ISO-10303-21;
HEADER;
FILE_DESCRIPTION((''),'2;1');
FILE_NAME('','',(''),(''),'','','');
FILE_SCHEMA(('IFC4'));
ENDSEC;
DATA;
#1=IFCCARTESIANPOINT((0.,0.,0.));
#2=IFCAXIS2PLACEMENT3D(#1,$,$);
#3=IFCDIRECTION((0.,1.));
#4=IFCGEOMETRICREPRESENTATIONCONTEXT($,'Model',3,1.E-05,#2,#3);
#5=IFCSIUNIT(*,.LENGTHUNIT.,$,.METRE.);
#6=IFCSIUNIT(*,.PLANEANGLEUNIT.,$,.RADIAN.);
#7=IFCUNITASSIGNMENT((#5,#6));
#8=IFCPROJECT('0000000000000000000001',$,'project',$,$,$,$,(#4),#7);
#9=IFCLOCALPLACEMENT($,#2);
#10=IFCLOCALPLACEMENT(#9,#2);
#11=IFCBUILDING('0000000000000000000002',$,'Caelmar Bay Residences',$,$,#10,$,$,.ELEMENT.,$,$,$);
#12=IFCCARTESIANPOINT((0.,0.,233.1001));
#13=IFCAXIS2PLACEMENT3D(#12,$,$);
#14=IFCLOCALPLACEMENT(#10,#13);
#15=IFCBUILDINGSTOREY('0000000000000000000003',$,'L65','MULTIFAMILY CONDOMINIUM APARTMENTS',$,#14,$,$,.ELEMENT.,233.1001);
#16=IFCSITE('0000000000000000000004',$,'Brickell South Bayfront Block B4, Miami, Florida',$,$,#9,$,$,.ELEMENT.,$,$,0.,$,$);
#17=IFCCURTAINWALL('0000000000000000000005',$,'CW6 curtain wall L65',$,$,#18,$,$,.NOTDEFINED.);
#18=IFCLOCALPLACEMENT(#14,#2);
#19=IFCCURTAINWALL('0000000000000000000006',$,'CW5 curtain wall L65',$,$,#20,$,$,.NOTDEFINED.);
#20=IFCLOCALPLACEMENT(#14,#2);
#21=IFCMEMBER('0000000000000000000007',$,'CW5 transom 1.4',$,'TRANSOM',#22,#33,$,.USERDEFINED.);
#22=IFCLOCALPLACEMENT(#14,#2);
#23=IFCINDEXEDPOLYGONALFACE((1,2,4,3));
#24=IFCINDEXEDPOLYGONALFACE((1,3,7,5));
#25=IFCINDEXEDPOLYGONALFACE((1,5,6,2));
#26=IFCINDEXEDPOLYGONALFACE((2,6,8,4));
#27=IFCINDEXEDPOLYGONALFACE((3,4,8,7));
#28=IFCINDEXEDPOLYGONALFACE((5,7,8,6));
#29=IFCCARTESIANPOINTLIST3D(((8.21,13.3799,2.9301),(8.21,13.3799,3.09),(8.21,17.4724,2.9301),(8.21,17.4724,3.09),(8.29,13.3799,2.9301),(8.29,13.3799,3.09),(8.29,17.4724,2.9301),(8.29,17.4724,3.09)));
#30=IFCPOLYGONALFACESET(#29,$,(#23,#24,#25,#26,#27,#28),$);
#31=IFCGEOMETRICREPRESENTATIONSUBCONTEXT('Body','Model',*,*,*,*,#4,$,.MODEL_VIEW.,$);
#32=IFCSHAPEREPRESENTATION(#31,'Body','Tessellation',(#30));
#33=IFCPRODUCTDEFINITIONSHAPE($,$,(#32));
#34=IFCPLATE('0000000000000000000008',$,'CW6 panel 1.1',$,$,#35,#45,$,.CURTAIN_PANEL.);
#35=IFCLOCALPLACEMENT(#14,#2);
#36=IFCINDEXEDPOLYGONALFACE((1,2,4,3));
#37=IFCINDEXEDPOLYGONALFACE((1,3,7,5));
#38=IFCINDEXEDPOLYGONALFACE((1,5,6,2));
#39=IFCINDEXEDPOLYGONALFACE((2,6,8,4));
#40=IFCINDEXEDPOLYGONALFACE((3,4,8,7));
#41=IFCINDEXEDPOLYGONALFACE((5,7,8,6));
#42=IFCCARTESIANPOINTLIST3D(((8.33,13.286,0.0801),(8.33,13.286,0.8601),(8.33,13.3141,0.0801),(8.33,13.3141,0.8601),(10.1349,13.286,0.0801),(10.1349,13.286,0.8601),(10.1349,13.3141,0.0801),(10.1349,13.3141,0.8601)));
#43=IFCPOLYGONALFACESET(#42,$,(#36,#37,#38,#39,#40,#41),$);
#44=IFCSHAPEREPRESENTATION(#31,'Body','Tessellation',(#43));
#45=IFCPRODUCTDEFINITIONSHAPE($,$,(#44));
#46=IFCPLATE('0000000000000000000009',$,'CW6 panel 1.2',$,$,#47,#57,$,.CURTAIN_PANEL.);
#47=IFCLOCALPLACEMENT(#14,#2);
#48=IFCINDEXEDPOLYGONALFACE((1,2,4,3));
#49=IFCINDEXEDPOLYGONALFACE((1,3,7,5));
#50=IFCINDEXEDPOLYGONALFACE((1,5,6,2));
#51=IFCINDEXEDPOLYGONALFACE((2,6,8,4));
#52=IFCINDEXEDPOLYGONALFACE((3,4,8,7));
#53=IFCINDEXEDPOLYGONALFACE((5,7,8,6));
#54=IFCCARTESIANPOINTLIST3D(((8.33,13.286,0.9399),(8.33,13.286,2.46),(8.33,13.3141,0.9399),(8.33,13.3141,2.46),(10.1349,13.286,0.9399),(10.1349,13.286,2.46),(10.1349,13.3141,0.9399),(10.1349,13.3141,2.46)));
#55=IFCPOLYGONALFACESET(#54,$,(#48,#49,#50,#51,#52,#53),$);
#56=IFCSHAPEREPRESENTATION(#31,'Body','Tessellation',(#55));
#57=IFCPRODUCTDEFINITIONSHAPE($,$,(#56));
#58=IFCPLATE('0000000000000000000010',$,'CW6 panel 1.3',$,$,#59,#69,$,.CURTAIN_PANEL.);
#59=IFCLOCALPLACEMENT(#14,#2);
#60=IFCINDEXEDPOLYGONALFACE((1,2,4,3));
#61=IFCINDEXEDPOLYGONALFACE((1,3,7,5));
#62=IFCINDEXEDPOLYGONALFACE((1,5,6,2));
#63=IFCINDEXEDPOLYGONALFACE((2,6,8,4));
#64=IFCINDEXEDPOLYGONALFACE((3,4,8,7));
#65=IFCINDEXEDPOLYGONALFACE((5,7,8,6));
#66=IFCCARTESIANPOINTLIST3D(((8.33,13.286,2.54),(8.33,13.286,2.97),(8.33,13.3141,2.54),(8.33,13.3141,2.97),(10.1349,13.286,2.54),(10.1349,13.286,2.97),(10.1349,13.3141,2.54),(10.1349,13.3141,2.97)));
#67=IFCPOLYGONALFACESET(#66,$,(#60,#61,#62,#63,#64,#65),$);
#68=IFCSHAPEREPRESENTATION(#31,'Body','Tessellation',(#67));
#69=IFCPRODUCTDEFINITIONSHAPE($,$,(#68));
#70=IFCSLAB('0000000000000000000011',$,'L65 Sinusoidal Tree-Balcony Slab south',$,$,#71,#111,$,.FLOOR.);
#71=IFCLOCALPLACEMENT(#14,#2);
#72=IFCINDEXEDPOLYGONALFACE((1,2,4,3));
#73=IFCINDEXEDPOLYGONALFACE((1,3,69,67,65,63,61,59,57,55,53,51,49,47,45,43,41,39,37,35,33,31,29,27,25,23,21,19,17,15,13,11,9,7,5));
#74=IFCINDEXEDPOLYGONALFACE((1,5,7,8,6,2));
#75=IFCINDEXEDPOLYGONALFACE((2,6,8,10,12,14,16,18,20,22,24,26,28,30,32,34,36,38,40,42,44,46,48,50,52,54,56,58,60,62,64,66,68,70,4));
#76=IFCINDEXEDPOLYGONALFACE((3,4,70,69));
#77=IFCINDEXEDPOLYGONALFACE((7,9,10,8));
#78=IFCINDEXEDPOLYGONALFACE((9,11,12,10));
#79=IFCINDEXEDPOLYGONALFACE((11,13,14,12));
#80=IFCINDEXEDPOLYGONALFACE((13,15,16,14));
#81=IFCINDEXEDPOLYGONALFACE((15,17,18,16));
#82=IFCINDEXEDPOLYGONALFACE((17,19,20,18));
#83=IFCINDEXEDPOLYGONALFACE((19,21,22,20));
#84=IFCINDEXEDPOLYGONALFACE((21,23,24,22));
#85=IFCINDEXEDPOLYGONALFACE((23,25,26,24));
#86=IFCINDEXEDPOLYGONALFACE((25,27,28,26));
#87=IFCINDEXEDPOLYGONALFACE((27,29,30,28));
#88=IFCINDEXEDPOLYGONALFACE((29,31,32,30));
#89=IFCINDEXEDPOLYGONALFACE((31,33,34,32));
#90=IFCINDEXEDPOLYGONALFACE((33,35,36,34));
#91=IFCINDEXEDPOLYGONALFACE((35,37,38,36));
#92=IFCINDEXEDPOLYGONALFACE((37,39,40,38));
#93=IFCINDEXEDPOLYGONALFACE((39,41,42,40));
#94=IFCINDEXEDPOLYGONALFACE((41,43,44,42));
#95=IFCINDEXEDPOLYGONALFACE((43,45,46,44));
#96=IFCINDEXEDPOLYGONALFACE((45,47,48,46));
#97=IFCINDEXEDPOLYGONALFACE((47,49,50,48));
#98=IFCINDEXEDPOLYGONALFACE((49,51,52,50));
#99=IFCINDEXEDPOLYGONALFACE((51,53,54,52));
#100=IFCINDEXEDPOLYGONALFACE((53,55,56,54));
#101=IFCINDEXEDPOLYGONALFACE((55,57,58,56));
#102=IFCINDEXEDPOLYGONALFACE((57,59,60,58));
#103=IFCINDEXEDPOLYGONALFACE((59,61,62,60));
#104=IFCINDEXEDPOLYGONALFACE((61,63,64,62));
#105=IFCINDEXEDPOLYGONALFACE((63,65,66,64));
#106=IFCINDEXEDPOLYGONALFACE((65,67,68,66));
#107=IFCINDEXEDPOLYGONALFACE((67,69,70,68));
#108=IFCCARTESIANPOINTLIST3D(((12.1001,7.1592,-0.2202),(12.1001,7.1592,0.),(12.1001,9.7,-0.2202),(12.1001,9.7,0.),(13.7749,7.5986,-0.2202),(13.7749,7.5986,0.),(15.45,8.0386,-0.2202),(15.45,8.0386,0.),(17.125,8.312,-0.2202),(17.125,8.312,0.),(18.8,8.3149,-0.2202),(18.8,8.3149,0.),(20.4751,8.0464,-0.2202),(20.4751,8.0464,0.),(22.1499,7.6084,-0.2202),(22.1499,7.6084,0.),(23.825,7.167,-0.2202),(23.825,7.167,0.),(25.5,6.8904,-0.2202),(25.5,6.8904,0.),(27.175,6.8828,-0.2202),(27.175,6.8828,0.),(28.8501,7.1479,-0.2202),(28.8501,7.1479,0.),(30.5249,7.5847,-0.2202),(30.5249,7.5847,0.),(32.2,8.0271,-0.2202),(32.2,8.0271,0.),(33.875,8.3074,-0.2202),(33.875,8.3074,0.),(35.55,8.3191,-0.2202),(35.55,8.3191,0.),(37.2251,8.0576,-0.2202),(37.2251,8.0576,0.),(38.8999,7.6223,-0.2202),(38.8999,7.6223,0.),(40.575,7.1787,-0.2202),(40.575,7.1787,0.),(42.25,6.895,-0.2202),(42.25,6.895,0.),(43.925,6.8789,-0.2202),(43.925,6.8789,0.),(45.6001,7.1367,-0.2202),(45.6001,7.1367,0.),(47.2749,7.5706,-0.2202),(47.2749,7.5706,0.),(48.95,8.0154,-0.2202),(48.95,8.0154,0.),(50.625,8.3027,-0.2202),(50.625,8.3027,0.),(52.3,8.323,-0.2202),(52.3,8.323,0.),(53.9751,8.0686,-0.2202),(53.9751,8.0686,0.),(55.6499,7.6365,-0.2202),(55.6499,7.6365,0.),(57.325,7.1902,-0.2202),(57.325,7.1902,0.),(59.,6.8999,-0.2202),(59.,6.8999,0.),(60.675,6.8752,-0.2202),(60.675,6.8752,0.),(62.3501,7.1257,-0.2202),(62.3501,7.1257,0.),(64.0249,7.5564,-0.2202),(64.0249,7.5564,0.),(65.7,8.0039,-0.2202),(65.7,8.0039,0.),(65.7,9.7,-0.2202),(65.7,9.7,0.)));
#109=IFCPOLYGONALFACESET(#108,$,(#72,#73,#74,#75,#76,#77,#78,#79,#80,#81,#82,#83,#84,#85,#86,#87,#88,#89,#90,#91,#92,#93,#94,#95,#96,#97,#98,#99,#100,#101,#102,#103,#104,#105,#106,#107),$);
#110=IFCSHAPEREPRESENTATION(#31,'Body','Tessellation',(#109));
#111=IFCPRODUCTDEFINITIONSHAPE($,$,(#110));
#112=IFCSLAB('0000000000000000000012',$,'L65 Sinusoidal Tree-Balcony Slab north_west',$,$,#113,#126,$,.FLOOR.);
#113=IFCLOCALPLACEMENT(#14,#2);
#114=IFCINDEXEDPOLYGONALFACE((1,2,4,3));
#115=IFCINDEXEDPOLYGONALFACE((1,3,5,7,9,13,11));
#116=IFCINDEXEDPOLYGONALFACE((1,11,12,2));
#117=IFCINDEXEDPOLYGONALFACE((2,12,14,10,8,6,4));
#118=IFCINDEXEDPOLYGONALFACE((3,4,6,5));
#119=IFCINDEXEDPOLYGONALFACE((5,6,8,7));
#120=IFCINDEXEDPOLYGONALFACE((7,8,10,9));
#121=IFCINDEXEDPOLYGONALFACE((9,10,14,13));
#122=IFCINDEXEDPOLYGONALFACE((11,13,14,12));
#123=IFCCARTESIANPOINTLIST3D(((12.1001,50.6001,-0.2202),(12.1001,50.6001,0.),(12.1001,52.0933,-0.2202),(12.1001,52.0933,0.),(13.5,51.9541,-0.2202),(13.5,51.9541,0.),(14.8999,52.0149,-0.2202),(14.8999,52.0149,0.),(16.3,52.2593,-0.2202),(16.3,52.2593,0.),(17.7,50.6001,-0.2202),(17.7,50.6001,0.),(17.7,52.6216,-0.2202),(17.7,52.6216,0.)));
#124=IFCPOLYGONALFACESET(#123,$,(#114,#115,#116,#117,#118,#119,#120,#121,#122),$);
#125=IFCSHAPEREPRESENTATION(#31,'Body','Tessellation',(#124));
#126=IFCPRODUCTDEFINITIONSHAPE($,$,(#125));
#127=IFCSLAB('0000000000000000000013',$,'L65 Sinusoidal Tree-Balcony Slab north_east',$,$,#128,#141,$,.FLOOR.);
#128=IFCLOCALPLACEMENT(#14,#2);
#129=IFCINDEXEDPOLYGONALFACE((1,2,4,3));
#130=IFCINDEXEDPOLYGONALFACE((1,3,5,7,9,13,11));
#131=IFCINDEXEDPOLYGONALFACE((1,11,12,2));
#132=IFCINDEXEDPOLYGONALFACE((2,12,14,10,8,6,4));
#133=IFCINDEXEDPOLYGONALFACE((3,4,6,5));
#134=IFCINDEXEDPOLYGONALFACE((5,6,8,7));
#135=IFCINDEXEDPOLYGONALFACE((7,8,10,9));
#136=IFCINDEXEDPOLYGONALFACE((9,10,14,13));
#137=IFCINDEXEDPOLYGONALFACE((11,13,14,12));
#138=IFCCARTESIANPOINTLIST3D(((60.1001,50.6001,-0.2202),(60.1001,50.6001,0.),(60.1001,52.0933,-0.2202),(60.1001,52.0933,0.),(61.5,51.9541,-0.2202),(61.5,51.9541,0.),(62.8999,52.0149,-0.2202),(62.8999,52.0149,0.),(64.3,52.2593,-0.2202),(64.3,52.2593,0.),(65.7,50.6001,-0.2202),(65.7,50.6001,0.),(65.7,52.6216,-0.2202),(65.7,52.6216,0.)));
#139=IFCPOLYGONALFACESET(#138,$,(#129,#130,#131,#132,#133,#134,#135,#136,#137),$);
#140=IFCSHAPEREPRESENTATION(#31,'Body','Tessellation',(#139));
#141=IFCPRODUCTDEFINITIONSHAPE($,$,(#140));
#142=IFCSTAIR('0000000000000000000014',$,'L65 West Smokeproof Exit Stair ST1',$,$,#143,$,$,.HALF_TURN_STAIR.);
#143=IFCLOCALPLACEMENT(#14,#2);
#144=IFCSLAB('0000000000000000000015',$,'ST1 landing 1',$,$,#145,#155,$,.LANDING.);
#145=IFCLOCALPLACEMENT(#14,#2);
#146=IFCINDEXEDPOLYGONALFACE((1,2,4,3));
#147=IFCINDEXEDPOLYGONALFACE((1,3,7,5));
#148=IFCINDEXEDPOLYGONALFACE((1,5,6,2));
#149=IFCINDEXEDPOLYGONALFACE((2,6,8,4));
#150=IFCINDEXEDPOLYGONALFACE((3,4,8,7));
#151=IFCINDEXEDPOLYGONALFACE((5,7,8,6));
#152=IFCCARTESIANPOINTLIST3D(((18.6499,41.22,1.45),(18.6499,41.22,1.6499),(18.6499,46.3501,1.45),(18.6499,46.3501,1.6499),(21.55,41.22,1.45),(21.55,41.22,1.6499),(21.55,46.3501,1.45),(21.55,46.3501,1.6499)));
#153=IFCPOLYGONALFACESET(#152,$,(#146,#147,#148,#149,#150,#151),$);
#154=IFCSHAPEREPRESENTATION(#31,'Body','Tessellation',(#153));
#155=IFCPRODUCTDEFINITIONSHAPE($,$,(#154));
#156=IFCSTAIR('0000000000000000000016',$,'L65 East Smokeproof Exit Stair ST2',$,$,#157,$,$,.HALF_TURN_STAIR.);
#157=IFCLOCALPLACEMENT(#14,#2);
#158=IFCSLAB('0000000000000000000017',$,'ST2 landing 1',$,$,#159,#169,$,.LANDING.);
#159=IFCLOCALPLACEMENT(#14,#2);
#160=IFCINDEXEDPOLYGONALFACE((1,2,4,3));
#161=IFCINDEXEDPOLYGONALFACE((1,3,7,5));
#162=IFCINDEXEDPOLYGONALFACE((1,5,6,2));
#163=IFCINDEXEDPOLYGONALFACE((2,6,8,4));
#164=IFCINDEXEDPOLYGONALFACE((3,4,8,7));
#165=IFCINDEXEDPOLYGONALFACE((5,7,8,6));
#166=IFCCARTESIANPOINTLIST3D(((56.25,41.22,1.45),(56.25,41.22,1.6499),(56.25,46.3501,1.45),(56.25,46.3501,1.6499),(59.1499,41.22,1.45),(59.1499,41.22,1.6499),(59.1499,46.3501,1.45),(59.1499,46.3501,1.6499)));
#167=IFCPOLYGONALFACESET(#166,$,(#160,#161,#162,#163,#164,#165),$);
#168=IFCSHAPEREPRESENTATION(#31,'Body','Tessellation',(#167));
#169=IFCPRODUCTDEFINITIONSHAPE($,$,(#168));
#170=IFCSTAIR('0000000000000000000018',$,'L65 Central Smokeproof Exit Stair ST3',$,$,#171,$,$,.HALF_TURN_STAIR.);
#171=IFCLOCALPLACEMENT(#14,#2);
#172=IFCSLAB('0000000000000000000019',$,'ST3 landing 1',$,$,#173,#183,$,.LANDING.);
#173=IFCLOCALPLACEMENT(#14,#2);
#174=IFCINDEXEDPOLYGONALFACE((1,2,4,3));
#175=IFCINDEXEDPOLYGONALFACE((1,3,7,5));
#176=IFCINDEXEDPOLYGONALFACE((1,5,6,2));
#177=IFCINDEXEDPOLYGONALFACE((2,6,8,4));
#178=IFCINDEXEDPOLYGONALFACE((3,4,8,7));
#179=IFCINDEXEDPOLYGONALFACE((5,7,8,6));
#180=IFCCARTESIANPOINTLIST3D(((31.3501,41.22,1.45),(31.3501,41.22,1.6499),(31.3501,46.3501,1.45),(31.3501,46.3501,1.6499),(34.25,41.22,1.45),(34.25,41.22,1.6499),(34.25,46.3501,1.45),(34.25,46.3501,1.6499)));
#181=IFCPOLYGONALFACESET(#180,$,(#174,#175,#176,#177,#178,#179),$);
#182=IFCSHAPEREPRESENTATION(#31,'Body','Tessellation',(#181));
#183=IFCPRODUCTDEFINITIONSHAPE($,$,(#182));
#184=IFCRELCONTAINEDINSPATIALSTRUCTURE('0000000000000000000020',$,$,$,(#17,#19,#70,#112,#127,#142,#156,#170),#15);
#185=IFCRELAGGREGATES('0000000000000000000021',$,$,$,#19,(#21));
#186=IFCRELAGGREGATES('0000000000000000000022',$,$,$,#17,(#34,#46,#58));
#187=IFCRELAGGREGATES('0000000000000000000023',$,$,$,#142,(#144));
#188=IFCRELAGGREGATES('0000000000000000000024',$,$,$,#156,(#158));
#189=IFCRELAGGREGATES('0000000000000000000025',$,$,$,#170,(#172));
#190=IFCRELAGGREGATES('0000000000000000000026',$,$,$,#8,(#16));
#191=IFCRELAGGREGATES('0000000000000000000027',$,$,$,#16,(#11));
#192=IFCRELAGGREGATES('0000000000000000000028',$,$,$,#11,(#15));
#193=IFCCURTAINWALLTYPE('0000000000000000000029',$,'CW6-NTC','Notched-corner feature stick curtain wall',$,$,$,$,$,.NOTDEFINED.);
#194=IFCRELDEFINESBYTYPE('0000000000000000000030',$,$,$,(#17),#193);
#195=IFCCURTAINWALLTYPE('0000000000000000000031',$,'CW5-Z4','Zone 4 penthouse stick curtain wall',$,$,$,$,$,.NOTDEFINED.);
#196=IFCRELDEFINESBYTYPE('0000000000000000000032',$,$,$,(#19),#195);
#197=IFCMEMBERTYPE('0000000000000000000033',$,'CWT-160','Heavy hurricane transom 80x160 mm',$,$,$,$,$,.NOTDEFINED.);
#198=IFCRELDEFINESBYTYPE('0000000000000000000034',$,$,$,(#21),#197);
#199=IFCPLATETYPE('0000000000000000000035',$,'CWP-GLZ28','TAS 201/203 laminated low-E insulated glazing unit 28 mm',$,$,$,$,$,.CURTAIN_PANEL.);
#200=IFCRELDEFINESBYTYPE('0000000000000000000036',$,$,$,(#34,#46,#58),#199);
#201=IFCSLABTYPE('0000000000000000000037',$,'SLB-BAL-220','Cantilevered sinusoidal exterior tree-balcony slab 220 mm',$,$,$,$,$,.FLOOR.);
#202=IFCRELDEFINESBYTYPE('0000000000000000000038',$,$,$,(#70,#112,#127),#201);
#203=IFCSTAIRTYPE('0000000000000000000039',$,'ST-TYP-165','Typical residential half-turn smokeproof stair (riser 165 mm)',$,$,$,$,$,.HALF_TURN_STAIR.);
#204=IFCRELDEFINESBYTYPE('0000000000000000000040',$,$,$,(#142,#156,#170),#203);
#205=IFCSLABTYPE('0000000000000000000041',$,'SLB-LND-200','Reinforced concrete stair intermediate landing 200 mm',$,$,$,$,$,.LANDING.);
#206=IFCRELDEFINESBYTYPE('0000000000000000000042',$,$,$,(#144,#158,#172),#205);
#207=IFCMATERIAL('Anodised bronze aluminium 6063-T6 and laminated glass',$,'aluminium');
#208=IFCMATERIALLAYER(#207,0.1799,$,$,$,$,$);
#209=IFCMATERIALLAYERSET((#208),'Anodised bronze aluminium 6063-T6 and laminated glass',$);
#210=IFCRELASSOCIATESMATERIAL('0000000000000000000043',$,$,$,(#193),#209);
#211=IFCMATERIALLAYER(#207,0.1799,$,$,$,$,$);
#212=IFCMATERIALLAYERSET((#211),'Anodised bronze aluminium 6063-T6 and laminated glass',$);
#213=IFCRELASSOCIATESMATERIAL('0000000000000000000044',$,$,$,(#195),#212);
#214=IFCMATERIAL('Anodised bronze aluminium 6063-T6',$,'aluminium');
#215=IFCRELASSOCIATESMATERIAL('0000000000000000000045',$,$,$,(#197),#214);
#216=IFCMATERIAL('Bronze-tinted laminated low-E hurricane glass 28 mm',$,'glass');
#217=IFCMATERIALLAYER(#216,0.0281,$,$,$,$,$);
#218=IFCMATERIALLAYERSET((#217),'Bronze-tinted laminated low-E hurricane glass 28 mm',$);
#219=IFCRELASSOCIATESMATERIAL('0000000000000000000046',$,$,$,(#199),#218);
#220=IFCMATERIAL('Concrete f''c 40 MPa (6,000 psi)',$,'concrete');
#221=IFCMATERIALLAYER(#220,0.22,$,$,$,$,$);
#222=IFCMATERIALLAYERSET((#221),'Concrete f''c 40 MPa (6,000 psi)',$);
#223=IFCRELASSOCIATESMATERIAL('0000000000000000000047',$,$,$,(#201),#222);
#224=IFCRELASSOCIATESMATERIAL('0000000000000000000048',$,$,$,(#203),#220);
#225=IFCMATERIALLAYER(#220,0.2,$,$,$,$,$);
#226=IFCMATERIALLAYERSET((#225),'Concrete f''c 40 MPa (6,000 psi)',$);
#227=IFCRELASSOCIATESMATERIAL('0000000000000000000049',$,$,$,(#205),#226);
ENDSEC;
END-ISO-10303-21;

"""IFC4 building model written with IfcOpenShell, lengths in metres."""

from ifc_helpers import new_model, si_unit, direction, frame, origin, origin_2d, place, context, subcontext, project, spatial, polyline, rectangle, outline, extrude, material, layer, layer_set, material_profile, profile_set, type_object, element, aggregate, save


model = new_model("IFC4")

# Units and contexts
model_context = context("Model", 3, precision=1e-05, world=origin(), true_north=direction((0.0, 1.0)))
body_context = subcontext(model_context, "Body", "Model", "MODEL_VIEW")
ifc_project = project(units=[si_unit("LENGTHUNIT", "METRE"), si_unit("PLANEANGLEUNIT", "RADIAN")], contexts=[model_context])

# Site, building, storey
site_placement = place(None, origin())
site = spatial("IfcSite", under=ifc_project, at=site_placement, Name="Brickell South Bayfront Block B4, Miami, Florida", CompositionType="ELEMENT", RefElevation=0.0)
building_placement = place(site_placement, origin())
building = spatial("IfcBuilding", under=site, at=building_placement, Name="Caelmar Bay Residences", CompositionType="ELEMENT")
storey_placement = place(building_placement, frame((0.0, 0.0, 233.1001)))
storey = spatial("IfcBuildingStorey", under=building, at=storey_placement, Name="L65", Description="MULTIFAMILY CONDOMINIUM APARTMENTS", CompositionType="ELEMENT", Elevation=233.1001)

# Curtain wall
ifc_material_1 = material(Name="Anodised bronze aluminium 6063-T6 and laminated glass", Category="aluminium")
ifc_layer_1 = layer(ifc_material_1, 0.1799)
ifc_layer_set_1 = layer_set([ifc_layer_1], Name="Anodised bronze aluminium 6063-T6 and laminated glass")
curtain_wall_type_1 = type_object("IfcCurtainWallType", Name="CW6-NTC", Description="Notched-corner feature stick curtain wall", PredefinedType="NOTDEFINED", material=ifc_layer_set_1)
curtain_wall_1_placement = place(storey_placement, origin())
curtain_wall_1 = element("IfcCurtainWall", 1, at=curtain_wall_1_placement, inside=storey, type_object=curtain_wall_type_1, Name="CW6 curtain wall L65", PredefinedType="NOTDEFINED")
ifc_material_2 = material(Name="Anodised bronze aluminium 6063-T6", Category="aluminium")

# Curtain wall
ifc_layer_2 = layer(ifc_material_1, 0.1799)
ifc_layer_set_2 = layer_set([ifc_layer_2], Name="Anodised bronze aluminium 6063-T6 and laminated glass")
curtain_wall_type_2 = type_object("IfcCurtainWallType", Name="CW5-Z4", Description="Zone 4 penthouse stick curtain wall", PredefinedType="NOTDEFINED", material=ifc_layer_set_2)
curtain_wall_2_placement = place(storey_placement, origin())
curtain_wall_2 = element("IfcCurtainWall", 2, at=curtain_wall_2_placement, inside=storey, type_object=curtain_wall_type_2, Name="CW5 curtain wall L65", PredefinedType="NOTDEFINED")

# Member
ifc_material_profile_1 = material_profile(ifc_material_2, rectangle(XDim=0.0801, YDim=0.1599, at=origin_2d()), Name="CWT-80X160")
ifc_profile_set_1 = profile_set([ifc_material_profile_1], Name="Anodised bronze aluminium 6063-T6")
member_type_1 = type_object("IfcMemberType", Name="CWT-160", Description="Heavy hurricane transom 80x160 mm", PredefinedType="NOTDEFINED", material=ifc_profile_set_1)
member_1_placement = place(storey_placement, frame((8.25, 13.3799, 3.01), z_axis=(0.0, 1.0, 0.0), x_axis=(-1.0, 0.0, 0.0)))
member_1 = element("IfcMember", 3, at=member_1_placement, type_object=member_type_1, Name="CW5 transom 1.4", ObjectType="TRANSOM", PredefinedType="USERDEFINED", context=body_context, shape_type="SweptSolid", body=[
    extrude(rectangle(XDim=0.0801, YDim=0.1599, at=origin_2d()), origin(), (0.0, 0.0, 1.0), 4.0925),
])
aggregate(curtain_wall_2, [member_1])

# Plates
ifc_material_3 = material(Name="Bronze-tinted laminated low-E hurricane glass 28 mm", Category="glass")
ifc_layer_3 = layer(ifc_material_3, 0.0281)
ifc_layer_set_3 = layer_set([ifc_layer_3], Name="Bronze-tinted laminated low-E hurricane glass 28 mm")
plate_type = type_object("IfcPlateType", Name="CWP-GLZ28", Description="TAS 201/203 laminated low-E insulated glazing unit 28 mm", PredefinedType="CURTAIN_PANEL", material=ifc_layer_set_3)
plate_1_placement = place(storey_placement, frame((9.2324, 13.3, 0.0801), z_axis=(0.0, 0.0, 1.0), x_axis=(1.0, 0.0, 0.0)))
plate_1 = element("IfcPlate", 4, at=plate_1_placement, type_object=plate_type, Name="CW6 panel 1.1", PredefinedType="CURTAIN_PANEL", context=body_context, shape_type="SweptSolid", body=[
    extrude(rectangle(XDim=1.8049, YDim=0.0281, at=origin_2d()), origin(), (0.0, 0.0, 1.0), 0.78),
])
plate_2_placement = place(storey_placement, frame((9.2324, 13.3, 0.9399), z_axis=(0.0, 0.0, 1.0), x_axis=(1.0, 0.0, 0.0)))
plate_2 = element("IfcPlate", 5, at=plate_2_placement, type_object=plate_type, Name="CW6 panel 1.2", PredefinedType="CURTAIN_PANEL", context=body_context, shape_type="SweptSolid", body=[
    extrude(rectangle(XDim=1.8049, YDim=0.0281, at=origin_2d()), origin(), (0.0, 0.0, 1.0), 1.52),
])
plate_3_placement = place(storey_placement, frame((9.2324, 13.3, 2.54), z_axis=(0.0, 0.0, 1.0), x_axis=(1.0, 0.0, 0.0)))
plate_3 = element("IfcPlate", 6, at=plate_3_placement, type_object=plate_type, Name="CW6 panel 1.3", PredefinedType="CURTAIN_PANEL", context=body_context, shape_type="SweptSolid", body=[
    extrude(rectangle(XDim=1.8049, YDim=0.0281, at=origin_2d()), origin(), (0.0, 0.0, 1.0), 0.4299),
])
aggregate(curtain_wall_1, [plate_1, plate_2, plate_3])

# Slabs
ifc_material_4 = material(Name="Concrete f'c 40 MPa (6,000 psi)", Category="concrete")
ifc_layer_4 = layer(ifc_material_4, 0.22)
ifc_layer_set_4 = layer_set([ifc_layer_4], Name="Concrete f'c 40 MPa (6,000 psi)")
slab_type_1 = type_object("IfcSlabType", Name="SLB-BAL-220", Description="Cantilevered sinusoidal exterior tree-balcony slab 220 mm", PredefinedType="FLOOR", material=ifc_layer_set_4)
slab_1_placement = place(storey_placement, frame((0.0, 0.0, -0.2202)))
element("IfcSlab", 7, at=slab_1_placement, inside=storey, type_object=slab_type_1, Name="L65 Sinusoidal Tree-Balcony Slab south", PredefinedType="FLOOR", context=body_context, shape_type="SweptSolid", body=[
    extrude(outline(polyline([(12.1001, 7.1592), (13.7749, 7.5986), (15.45, 8.0386), (17.125, 8.312), (18.8, 8.3149), (20.4751, 8.0464), (22.1499, 7.6084), (23.825, 7.167), (25.5, 6.8904), (27.175, 6.8828), (28.8501, 7.1479), (30.5249, 7.5847), (32.2, 8.0271), (33.875, 8.3074), (35.55, 8.3191), (37.2251, 8.0576), (38.8999, 7.6223), (40.575, 7.1787), (42.25, 6.895), (43.925, 6.8789), (45.6001, 7.1367), (47.2749, 7.5706), (48.95, 8.0154), (50.625, 8.3027), (52.3, 8.323), (53.9751, 8.0686), (55.6499, 7.6365), (57.325, 7.1902), (59.0, 6.8999), (60.675, 6.8752), (62.3501, 7.1257), (64.0249, 7.5564), (65.7, 8.0039), (65.7, 9.7), (12.1001, 9.7), (12.1001, 7.1592)])), origin(), (0.0, 0.0, 1.0), 0.2202),
])
slab_2_placement = place(storey_placement, frame((0.0, 0.0, -0.2202)))
element("IfcSlab", 8, at=slab_2_placement, inside=storey, type_object=slab_type_1, Name="L65 Sinusoidal Tree-Balcony Slab north_west", PredefinedType="FLOOR", context=body_context, shape_type="SweptSolid", body=[
    extrude(outline(polyline([(12.1001, 50.6001), (17.7, 50.6001), (17.7, 52.6216), (16.3, 52.2593), (14.8999, 52.0149), (13.5, 51.9541), (12.1001, 52.0933), (12.1001, 50.6001)])), origin(), (0.0, 0.0, 1.0), 0.2202),
])
slab_3_placement = place(storey_placement, frame((0.0, 0.0, -0.2202)))
element("IfcSlab", 9, at=slab_3_placement, inside=storey, type_object=slab_type_1, Name="L65 Sinusoidal Tree-Balcony Slab north_east", PredefinedType="FLOOR", context=body_context, shape_type="SweptSolid", body=[
    extrude(outline(polyline([(60.1001, 50.6001), (65.7, 50.6001), (65.7, 52.6216), (64.3, 52.2593), (62.8999, 52.0149), (61.5, 51.9541), (60.1001, 52.0933), (60.1001, 50.6001)])), origin(), (0.0, 0.0, 1.0), 0.2202),
])

# Stairs, slabs
stair_type = type_object("IfcStairType", Name="ST-TYP-165", Description="Typical residential half-turn smokeproof stair (riser 165 mm)", PredefinedType="HALF_TURN_STAIR", material=ifc_material_4)
stair_1_placement = place(storey_placement, origin())
stair_1 = element("IfcStair", 10, at=stair_1_placement, inside=storey, type_object=stair_type, Name="L65 West Smokeproof Exit Stair ST1", PredefinedType="HALF_TURN_STAIR")
ifc_layer_5 = layer(ifc_material_4, 0.2)
ifc_layer_set_5 = layer_set([ifc_layer_5], Name="Concrete f'c 40 MPa (6,000 psi)")
slab_type_2 = type_object("IfcSlabType", Name="SLB-LND-200", Description="Reinforced concrete stair intermediate landing 200 mm", PredefinedType="LANDING", material=ifc_layer_set_5)
slab_4_placement = place(storey_placement, frame((0.0, 0.0, 1.45)))
slab_4 = element("IfcSlab", 11, at=slab_4_placement, type_object=slab_type_2, Name="ST1 landing 1", PredefinedType="LANDING", context=body_context, shape_type="SweptSolid", body=[
    extrude(outline(polyline([(21.55, 41.22), (21.55, 46.3501), (18.6499, 46.3501), (18.6499, 41.22), (21.55, 41.22)])), origin(), (0.0, 0.0, 1.0), 0.2),
])
aggregate(stair_1, [slab_4])
stair_2_placement = place(storey_placement, origin())
stair_2 = element("IfcStair", 12, at=stair_2_placement, inside=storey, type_object=stair_type, Name="L65 East Smokeproof Exit Stair ST2", PredefinedType="HALF_TURN_STAIR")
slab_5_placement = place(storey_placement, frame((0.0, 0.0, 1.45)))
slab_5 = element("IfcSlab", 13, at=slab_5_placement, type_object=slab_type_2, Name="ST2 landing 1", PredefinedType="LANDING", context=body_context, shape_type="SweptSolid", body=[
    extrude(outline(polyline([(59.1499, 41.22), (59.1499, 46.3501), (56.25, 46.3501), (56.25, 41.22), (59.1499, 41.22)])), origin(), (0.0, 0.0, 1.0), 0.2),
])
aggregate(stair_2, [slab_5])
stair_3_placement = place(storey_placement, origin())
stair_3 = element("IfcStair", 14, at=stair_3_placement, inside=storey, type_object=stair_type, Name="L65 Central Smokeproof Exit Stair ST3", PredefinedType="HALF_TURN_STAIR")
slab_6_placement = place(storey_placement, frame((0.0, 0.0, 1.45)))
slab_6 = element("IfcSlab", 15, at=slab_6_placement, type_object=slab_type_2, Name="ST3 landing 1", PredefinedType="LANDING", context=body_context, shape_type="SweptSolid", body=[
    extrude(outline(polyline([(34.25, 41.22), (34.25, 46.3501), (31.3501, 46.3501), (31.3501, 41.22), (34.25, 41.22)])), origin(), (0.0, 0.0, 1.0), 0.2),
])
aggregate(stair_3, [slab_6])

save(model, "model.ifc")
